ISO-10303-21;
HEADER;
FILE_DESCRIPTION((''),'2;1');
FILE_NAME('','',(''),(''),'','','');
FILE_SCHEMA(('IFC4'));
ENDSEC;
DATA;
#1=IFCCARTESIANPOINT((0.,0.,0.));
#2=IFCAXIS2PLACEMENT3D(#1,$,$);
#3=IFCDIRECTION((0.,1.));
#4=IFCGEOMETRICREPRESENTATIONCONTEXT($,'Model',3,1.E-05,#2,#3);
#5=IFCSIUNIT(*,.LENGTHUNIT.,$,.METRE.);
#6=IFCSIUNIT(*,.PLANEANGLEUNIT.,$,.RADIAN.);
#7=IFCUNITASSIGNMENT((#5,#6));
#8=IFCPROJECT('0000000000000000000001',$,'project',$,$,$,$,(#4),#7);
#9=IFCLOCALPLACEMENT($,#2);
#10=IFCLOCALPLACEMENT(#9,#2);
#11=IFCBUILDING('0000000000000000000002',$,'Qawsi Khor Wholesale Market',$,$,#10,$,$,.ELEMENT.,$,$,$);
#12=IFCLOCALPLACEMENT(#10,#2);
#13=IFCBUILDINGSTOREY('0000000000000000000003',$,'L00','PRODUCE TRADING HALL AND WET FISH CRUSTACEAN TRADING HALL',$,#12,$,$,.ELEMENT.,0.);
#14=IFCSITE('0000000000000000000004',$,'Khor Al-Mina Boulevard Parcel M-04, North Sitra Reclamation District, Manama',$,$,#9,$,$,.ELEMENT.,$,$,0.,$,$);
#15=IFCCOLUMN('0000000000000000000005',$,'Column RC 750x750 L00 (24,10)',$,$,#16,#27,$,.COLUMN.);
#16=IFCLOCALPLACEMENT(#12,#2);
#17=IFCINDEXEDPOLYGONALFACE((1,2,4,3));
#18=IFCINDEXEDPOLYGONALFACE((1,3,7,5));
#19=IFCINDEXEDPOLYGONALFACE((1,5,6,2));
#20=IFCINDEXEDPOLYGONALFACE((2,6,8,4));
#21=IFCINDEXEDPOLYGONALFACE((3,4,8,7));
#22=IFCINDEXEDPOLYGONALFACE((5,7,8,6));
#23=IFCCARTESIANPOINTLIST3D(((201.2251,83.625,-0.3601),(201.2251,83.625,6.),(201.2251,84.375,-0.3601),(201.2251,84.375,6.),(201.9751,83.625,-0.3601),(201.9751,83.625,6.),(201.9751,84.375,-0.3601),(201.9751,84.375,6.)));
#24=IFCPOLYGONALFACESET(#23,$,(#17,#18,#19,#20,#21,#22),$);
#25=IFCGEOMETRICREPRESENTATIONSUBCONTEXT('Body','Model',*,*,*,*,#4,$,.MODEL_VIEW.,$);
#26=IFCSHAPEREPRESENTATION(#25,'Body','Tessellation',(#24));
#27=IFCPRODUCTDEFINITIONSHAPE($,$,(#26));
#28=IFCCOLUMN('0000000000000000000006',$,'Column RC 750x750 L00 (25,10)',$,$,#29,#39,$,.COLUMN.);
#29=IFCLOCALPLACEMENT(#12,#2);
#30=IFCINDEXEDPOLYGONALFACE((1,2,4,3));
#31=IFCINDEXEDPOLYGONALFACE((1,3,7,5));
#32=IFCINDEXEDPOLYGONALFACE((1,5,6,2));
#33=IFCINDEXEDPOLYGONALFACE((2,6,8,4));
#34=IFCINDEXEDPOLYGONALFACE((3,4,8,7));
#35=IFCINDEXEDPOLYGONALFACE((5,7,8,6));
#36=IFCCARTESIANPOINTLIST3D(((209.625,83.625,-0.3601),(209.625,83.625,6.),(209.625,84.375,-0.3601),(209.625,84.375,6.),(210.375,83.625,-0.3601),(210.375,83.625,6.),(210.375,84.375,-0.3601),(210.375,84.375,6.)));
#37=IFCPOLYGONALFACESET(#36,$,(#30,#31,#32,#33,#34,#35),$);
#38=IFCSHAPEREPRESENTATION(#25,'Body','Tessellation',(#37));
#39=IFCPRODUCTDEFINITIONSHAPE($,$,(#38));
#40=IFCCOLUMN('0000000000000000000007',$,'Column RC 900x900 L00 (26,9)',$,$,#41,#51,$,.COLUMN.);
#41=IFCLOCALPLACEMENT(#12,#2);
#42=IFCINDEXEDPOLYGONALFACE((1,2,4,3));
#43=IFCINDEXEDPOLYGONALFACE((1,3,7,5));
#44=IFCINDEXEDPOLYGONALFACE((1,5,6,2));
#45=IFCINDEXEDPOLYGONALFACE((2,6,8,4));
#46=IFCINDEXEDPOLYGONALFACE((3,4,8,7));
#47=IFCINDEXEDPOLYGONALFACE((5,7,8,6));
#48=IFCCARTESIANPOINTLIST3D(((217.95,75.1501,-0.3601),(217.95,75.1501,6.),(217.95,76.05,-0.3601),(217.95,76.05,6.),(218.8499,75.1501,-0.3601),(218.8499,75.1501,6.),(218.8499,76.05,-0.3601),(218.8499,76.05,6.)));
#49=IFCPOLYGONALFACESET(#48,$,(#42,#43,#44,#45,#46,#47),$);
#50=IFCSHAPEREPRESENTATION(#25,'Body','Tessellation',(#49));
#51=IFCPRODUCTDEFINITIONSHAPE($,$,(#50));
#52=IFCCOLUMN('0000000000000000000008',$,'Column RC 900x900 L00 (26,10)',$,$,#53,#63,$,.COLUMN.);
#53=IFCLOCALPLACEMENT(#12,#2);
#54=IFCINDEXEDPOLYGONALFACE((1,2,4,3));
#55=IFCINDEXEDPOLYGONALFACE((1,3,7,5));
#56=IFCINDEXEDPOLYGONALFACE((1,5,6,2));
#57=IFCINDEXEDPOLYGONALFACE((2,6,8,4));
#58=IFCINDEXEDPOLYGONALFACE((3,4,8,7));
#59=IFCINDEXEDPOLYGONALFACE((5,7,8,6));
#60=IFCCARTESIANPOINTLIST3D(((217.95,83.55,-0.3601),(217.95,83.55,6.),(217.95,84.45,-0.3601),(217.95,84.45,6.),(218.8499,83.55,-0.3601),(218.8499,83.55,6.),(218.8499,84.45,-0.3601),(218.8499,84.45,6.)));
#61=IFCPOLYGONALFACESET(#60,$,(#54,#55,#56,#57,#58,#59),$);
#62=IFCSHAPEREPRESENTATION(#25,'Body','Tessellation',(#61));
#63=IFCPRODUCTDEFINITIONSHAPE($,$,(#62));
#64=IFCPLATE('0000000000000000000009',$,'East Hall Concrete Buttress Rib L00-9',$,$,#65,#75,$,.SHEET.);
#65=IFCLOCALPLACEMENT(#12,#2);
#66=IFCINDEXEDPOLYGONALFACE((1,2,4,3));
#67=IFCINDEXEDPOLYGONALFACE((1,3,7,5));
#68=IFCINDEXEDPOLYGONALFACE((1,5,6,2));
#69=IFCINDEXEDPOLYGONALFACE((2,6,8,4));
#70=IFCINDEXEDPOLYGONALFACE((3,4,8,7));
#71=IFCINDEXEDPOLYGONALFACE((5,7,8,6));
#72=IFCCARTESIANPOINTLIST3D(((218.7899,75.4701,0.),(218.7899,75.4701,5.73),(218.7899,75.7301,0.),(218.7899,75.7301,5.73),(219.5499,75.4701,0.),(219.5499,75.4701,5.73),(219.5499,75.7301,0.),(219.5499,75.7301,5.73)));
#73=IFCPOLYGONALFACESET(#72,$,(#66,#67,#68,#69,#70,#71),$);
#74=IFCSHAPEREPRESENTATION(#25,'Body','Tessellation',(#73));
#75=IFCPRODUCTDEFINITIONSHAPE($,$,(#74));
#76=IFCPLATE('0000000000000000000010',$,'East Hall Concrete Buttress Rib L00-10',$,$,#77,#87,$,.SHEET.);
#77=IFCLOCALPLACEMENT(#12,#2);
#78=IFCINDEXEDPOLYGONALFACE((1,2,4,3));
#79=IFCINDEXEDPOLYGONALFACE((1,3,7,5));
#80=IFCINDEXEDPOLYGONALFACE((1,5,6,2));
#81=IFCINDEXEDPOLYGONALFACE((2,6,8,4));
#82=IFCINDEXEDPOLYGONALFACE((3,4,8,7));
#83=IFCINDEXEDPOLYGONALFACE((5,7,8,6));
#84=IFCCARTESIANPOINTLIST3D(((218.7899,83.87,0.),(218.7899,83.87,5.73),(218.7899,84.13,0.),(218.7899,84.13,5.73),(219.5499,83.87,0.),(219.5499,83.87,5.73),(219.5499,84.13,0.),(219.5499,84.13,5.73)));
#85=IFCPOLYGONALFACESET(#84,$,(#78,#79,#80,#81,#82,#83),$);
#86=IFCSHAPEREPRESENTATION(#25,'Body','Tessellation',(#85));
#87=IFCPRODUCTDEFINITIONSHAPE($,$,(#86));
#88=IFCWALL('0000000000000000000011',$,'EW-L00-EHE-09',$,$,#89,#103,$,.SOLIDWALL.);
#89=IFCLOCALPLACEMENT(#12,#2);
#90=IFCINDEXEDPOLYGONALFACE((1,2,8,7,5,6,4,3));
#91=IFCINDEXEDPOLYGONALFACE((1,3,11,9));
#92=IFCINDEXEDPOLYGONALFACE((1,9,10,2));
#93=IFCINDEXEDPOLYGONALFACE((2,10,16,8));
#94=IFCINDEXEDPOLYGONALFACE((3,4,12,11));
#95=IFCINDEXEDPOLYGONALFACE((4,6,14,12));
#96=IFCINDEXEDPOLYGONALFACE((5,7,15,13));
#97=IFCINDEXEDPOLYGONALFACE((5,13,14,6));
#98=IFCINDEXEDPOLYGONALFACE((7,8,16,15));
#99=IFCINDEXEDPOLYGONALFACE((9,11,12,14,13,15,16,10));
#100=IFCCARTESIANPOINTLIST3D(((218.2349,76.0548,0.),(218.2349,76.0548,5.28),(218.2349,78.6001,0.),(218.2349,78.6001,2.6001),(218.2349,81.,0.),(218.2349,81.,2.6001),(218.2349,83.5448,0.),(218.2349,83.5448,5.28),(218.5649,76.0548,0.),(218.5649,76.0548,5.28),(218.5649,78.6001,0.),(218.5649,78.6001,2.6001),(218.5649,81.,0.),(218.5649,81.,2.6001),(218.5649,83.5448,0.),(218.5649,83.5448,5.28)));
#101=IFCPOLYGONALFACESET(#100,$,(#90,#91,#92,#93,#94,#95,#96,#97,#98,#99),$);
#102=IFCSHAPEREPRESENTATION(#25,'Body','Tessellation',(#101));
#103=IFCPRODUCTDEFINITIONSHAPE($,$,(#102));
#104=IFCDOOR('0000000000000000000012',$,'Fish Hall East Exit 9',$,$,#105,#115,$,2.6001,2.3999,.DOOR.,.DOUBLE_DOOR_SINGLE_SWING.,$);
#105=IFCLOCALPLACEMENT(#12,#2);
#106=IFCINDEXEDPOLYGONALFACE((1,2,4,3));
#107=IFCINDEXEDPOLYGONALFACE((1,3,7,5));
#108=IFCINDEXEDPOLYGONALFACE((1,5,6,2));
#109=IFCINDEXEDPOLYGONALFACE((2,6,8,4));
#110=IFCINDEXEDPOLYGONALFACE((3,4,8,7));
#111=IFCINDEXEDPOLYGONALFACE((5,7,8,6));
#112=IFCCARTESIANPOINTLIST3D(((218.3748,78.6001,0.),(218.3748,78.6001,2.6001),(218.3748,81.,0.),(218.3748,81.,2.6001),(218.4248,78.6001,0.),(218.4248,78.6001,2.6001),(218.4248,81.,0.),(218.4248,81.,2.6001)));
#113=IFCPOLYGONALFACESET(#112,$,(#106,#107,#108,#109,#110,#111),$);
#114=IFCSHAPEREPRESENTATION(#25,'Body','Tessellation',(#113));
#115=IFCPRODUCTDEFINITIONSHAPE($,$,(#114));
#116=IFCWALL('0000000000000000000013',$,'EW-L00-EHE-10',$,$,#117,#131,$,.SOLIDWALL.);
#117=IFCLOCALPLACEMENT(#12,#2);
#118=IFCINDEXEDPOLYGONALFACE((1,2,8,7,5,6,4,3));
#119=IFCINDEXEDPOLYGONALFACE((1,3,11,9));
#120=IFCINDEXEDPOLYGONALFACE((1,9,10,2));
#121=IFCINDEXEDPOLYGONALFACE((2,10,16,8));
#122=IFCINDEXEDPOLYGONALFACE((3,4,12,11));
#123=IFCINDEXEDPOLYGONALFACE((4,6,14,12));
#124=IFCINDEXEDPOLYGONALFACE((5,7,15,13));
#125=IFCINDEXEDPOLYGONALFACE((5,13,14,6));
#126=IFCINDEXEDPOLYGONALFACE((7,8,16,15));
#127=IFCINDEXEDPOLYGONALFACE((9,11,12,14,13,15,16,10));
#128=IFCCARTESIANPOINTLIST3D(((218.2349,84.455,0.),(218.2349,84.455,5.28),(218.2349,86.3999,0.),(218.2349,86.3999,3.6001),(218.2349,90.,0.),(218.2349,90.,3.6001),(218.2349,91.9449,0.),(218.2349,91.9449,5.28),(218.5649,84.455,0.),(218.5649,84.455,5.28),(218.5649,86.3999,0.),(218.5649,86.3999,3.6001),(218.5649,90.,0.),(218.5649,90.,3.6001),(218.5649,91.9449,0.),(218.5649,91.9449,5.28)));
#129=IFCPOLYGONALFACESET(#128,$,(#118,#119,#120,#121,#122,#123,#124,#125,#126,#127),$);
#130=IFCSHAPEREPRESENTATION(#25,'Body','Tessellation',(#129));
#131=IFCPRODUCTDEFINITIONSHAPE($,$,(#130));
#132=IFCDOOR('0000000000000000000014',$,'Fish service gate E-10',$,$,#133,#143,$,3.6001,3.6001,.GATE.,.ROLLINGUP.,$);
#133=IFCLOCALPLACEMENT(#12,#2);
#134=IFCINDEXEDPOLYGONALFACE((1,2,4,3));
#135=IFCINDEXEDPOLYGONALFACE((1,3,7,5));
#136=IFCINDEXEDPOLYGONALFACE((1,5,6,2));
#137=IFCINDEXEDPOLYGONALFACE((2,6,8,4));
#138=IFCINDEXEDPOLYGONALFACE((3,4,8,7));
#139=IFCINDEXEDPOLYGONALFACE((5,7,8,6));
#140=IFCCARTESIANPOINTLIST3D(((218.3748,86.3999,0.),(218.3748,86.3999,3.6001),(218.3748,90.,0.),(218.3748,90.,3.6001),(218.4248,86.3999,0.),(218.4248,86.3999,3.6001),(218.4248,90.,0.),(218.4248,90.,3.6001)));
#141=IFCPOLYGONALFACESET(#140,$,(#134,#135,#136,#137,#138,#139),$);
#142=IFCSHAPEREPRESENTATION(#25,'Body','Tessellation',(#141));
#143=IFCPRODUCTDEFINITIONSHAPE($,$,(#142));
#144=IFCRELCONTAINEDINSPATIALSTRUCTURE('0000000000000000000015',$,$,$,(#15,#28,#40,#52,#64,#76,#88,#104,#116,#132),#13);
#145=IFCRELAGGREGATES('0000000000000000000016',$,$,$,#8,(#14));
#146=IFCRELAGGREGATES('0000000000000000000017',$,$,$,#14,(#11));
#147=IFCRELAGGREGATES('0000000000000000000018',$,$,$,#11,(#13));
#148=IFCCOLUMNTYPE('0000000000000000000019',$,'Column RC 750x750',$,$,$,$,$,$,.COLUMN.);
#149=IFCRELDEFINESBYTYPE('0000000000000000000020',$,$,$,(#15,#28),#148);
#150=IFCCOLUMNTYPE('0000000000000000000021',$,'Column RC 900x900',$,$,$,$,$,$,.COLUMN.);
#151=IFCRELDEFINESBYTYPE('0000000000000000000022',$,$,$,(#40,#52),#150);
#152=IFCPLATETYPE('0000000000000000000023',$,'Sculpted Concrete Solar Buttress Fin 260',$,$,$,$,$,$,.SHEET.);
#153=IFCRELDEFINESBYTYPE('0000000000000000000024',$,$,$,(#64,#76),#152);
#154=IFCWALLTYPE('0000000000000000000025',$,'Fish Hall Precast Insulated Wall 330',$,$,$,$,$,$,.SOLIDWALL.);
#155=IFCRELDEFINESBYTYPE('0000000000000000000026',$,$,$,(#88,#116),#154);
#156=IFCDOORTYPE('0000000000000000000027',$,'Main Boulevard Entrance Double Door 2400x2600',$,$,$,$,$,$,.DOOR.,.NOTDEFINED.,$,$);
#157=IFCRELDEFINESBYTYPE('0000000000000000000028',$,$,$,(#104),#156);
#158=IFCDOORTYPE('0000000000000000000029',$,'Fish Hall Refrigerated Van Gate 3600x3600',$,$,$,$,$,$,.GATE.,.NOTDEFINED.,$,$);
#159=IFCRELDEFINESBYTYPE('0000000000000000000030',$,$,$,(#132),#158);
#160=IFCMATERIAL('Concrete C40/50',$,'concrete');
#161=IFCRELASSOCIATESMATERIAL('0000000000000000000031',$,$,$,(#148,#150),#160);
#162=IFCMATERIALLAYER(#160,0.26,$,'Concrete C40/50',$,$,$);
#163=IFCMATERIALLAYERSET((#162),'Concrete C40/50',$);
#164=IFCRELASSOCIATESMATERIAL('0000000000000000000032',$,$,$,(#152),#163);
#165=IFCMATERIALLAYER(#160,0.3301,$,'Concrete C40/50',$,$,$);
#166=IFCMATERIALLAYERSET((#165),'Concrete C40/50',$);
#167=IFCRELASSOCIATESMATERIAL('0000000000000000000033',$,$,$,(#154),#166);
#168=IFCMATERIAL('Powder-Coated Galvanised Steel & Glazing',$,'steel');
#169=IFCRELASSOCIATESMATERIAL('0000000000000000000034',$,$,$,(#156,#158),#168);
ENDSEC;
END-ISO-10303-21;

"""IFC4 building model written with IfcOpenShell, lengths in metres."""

from ifc_helpers import new_model, si_unit, direction, frame, frame_2d, origin, origin_2d, place, context, subcontext, project, spatial, rectangle, extrude, material, layer, layer_set, material_profile, profile_set, type_object, element, fill, save


model = new_model("IFC4")

# Units and contexts
model_context = context("Model", 3, precision=1e-05, world=origin(), true_north=direction((0.0, 1.0)))
body_context = subcontext(model_context, "Body", "Model", "MODEL_VIEW")
ifc_project = project(units=[si_unit("LENGTHUNIT", "METRE"), si_unit("PLANEANGLEUNIT", "RADIAN")], contexts=[model_context])

# Site, building, storey
site_placement = place(None, origin())
site = spatial("IfcSite", under=ifc_project, at=site_placement, Name="Khor Al-Mina Boulevard Parcel M-04, North Sitra Reclamation District, Manama", CompositionType="ELEMENT", RefElevation=0.0)
building_placement = place(site_placement, origin())
building = spatial("IfcBuilding", under=site, at=building_placement, Name="Qawsi Khor Wholesale Market", CompositionType="ELEMENT")
storey_placement = place(building_placement, origin())
storey = spatial("IfcBuildingStorey", under=building, at=storey_placement, Name="L00", Description="PRODUCE TRADING HALL AND WET FISH CRUSTACEAN TRADING HALL", CompositionType="ELEMENT", Elevation=0.0)

# Columns
ifc_material_1 = material(Name="Concrete C40/50", Category="concrete")
ifc_material_profile_1 = material_profile(ifc_material_1, rectangle(XDim=0.75, YDim=0.75, at=origin_2d()), Name="RC 750x750")
ifc_profile_set_1 = profile_set([ifc_material_profile_1], Name="Concrete C40/50")
column_type_1 = type_object("IfcColumnType", Name="Column RC 750x750", PredefinedType="COLUMN", material=ifc_profile_set_1)
for number, where, z_axis, x_axis, name in (
    (1, (201.6001, 84.0, -0.3601), (0.0, 0.0, 1.0), (1.0, 0.0, 0.0), "Column RC 750x750 L00 (24,10)"),
    (2, (210.0, 84.0, -0.3601), (0.0, 0.0, 1.0), (1.0, 0.0, 0.0), "Column RC 750x750 L00 (25,10)"),
):
    element("IfcColumn", number, at=place(storey_placement, frame(where, z_axis=z_axis, x_axis=x_axis)), inside=storey, type_object=column_type_1, Name=name, PredefinedType="COLUMN", context=body_context, shape_type="SweptSolid", body=[
        extrude(rectangle(XDim=0.75, YDim=0.75, at=origin_2d()), origin(), (0.0, 0.0, 1.0), 6.3601),
    ])
ifc_material_profile_2 = material_profile(ifc_material_1, rectangle(XDim=0.8999, YDim=0.8999, at=origin_2d()), Name="RC 900x900")
ifc_profile_set_2 = profile_set([ifc_material_profile_2], Name="Concrete C40/50")
column_type_2 = type_object("IfcColumnType", Name="Column RC 900x900", PredefinedType="COLUMN", material=ifc_profile_set_2)
for number, where, z_axis, x_axis, name in (
    (3, (218.3999, 75.6001, -0.3601), (0.0, 0.0, 1.0), (1.0, 0.0, 0.0), "Column RC 900x900 L00 (26,9)"),
    (4, (218.3999, 84.0, -0.3601), (0.0, 0.0, 1.0), (1.0, 0.0, 0.0), "Column RC 900x900 L00 (26,10)"),
):
    element("IfcColumn", number, at=place(storey_placement, frame(where, z_axis=z_axis, x_axis=x_axis)), inside=storey, type_object=column_type_2, Name=name, PredefinedType="COLUMN", context=body_context, shape_type="SweptSolid", body=[
        extrude(rectangle(XDim=0.8999, YDim=0.8999, at=origin_2d()), origin(), (0.0, 0.0, 1.0), 6.3601),
    ])

# Plates
ifc_layer_1 = layer(ifc_material_1, 0.26, Name="Concrete C40/50")
ifc_layer_set_1 = layer_set([ifc_layer_1], Name="Concrete C40/50")
plate_type = type_object("IfcPlateType", Name="Sculpted Concrete Solar Buttress Fin 260", PredefinedType="SHEET", material=ifc_layer_set_1)
for number, where, z_axis, x_axis, name in (
    (5, (218.79, 75.6001, 0.0), (0.0, 0.0, 1.0), (1.0, 0.0, 0.0), "East Hall Concrete Buttress Rib L00-9"),
    (6, (218.79, 84.0, 0.0), (0.0, 0.0, 1.0), (1.0, 0.0, 0.0), "East Hall Concrete Buttress Rib L00-10"),
):
    element("IfcPlate", number, at=place(storey_placement, frame(where, z_axis=z_axis, x_axis=x_axis)), inside=storey, type_object=plate_type, Name=name, PredefinedType="SHEET", context=body_context, shape_type="SweptSolid", body=[
        extrude(rectangle(XDim=0.76, YDim=0.26, at=frame_2d((0.3799, 0.0))), origin(), (0.0, 0.0, 1.0), 5.73),
    ])

# Walls, openings, doors
ifc_layer_2 = layer(ifc_material_1, 0.3301, Name="Concrete C40/50")
ifc_layer_set_2 = layer_set([ifc_layer_2], Name="Concrete C40/50")
wall_type = type_object("IfcWallType", Name="Fish Hall Precast Insulated Wall 330", PredefinedType="SOLIDWALL", material=ifc_layer_set_2)
wall_1_placement = place(storey_placement, frame((218.3999, 83.5449, 0.0), z_axis=(0.0, 0.0, 1.0), x_axis=(0.0, -1.0, 0.0)))
wall_1 = element("IfcWall", 7, at=wall_1_placement, inside=storey, type_object=wall_type, Name="EW-L00-EHE-09", PredefinedType="SOLIDWALL", context=body_context, shape_type="SweptSolid", body=[
    extrude(rectangle(XDim=7.49, YDim=0.3301, at=frame_2d((3.7451, 0.0))), origin(), (0.0, 0.0, 1.0), 5.28),
])
opening_1_placement = place(wall_1_placement, frame((2.5449, 0.0, 0.0)))
opening_1 = element("IfcOpeningElement", 8, at=opening_1_placement, cuts=wall_1, PredefinedType="OPENING", context=body_context, shape_type="SweptSolid", body=[
    extrude(rectangle(XDim=2.3999, YDim=2.6001, at=frame_2d((1.2, 1.3))), frame((0.0, 0.175, 0.0), z_axis=(0.0, -1.0, 0.0), x_axis=(1.0, 0.0, 0.0)), (0.0, 0.0, 1.0), 0.3501),
])
ifc_material_2 = material(Name="Powder-Coated Galvanised Steel & Glazing", Category="steel")
door_type_1 = type_object("IfcDoorType", Name="Main Boulevard Entrance Double Door 2400x2600", OperationType="NOTDEFINED", PredefinedType="DOOR", material=ifc_material_2)
door_1_placement = place(opening_1_placement, origin())
door_1 = element("IfcDoor", 9, at=door_1_placement, inside=storey, type_object=door_type_1, Name="Fish Hall East Exit 9", OperationType="DOUBLE_DOOR_SINGLE_SWING", OverallHeight=2.6001, OverallWidth=2.3999, PredefinedType="DOOR", context=body_context, shape_type="SweptSolid", body=[
    extrude(rectangle(XDim=2.3999, YDim=2.6001, at=frame_2d((1.2, 1.3))), frame((0.0, 0.0249, 0.0), z_axis=(0.0, -1.0, 0.0), x_axis=(1.0, 0.0, 0.0)), (0.0, 0.0, 1.0), 0.05),
])
fill(opening_1, door_1)
wall_2_placement = place(storey_placement, frame((218.3999, 91.9451, 0.0), z_axis=(0.0, 0.0, 1.0), x_axis=(0.0, -1.0, 0.0)))
wall_2 = element("IfcWall", 10, at=wall_2_placement, inside=storey, type_object=wall_type, Name="EW-L00-EHE-10", PredefinedType="SOLIDWALL", context=body_context, shape_type="SweptSolid", body=[
    extrude(rectangle(XDim=7.49, YDim=0.3301, at=frame_2d((3.7451, 0.0))), origin(), (0.0, 0.0, 1.0), 5.28),
])
opening_2_placement = place(wall_2_placement, frame((1.9451, 0.0, 0.0)))
opening_2 = element("IfcOpeningElement", 11, at=opening_2_placement, cuts=wall_2, PredefinedType="OPENING", context=body_context, shape_type="SweptSolid", body=[
    extrude(rectangle(XDim=3.6001, YDim=3.6001, at=frame_2d((1.8, 1.8))), frame((0.0, 0.175, 0.0), z_axis=(0.0, -1.0, 0.0), x_axis=(1.0, 0.0, 0.0)), (0.0, 0.0, 1.0), 0.3501),
])
door_type_2 = type_object("IfcDoorType", Name="Fish Hall Refrigerated Van Gate 3600x3600", OperationType="NOTDEFINED", PredefinedType="GATE", material=ifc_material_2)
door_2_placement = place(opening_2_placement, origin())
door_2 = element("IfcDoor", 12, at=door_2_placement, inside=storey, type_object=door_type_2, Name="Fish service gate E-10", OperationType="ROLLINGUP", OverallHeight=3.6001, OverallWidth=3.6001, PredefinedType="GATE", context=body_context, shape_type="SweptSolid", body=[
    extrude(rectangle(XDim=3.6001, YDim=3.6001, at=frame_2d((1.8, 1.8))), frame((0.0, 0.0249, 0.0), z_axis=(0.0, -1.0, 0.0), x_axis=(1.0, 0.0, 0.0)), (0.0, 0.0, 1.0), 0.05),
])
fill(opening_2, door_2)

save(model, "model.ifc")
